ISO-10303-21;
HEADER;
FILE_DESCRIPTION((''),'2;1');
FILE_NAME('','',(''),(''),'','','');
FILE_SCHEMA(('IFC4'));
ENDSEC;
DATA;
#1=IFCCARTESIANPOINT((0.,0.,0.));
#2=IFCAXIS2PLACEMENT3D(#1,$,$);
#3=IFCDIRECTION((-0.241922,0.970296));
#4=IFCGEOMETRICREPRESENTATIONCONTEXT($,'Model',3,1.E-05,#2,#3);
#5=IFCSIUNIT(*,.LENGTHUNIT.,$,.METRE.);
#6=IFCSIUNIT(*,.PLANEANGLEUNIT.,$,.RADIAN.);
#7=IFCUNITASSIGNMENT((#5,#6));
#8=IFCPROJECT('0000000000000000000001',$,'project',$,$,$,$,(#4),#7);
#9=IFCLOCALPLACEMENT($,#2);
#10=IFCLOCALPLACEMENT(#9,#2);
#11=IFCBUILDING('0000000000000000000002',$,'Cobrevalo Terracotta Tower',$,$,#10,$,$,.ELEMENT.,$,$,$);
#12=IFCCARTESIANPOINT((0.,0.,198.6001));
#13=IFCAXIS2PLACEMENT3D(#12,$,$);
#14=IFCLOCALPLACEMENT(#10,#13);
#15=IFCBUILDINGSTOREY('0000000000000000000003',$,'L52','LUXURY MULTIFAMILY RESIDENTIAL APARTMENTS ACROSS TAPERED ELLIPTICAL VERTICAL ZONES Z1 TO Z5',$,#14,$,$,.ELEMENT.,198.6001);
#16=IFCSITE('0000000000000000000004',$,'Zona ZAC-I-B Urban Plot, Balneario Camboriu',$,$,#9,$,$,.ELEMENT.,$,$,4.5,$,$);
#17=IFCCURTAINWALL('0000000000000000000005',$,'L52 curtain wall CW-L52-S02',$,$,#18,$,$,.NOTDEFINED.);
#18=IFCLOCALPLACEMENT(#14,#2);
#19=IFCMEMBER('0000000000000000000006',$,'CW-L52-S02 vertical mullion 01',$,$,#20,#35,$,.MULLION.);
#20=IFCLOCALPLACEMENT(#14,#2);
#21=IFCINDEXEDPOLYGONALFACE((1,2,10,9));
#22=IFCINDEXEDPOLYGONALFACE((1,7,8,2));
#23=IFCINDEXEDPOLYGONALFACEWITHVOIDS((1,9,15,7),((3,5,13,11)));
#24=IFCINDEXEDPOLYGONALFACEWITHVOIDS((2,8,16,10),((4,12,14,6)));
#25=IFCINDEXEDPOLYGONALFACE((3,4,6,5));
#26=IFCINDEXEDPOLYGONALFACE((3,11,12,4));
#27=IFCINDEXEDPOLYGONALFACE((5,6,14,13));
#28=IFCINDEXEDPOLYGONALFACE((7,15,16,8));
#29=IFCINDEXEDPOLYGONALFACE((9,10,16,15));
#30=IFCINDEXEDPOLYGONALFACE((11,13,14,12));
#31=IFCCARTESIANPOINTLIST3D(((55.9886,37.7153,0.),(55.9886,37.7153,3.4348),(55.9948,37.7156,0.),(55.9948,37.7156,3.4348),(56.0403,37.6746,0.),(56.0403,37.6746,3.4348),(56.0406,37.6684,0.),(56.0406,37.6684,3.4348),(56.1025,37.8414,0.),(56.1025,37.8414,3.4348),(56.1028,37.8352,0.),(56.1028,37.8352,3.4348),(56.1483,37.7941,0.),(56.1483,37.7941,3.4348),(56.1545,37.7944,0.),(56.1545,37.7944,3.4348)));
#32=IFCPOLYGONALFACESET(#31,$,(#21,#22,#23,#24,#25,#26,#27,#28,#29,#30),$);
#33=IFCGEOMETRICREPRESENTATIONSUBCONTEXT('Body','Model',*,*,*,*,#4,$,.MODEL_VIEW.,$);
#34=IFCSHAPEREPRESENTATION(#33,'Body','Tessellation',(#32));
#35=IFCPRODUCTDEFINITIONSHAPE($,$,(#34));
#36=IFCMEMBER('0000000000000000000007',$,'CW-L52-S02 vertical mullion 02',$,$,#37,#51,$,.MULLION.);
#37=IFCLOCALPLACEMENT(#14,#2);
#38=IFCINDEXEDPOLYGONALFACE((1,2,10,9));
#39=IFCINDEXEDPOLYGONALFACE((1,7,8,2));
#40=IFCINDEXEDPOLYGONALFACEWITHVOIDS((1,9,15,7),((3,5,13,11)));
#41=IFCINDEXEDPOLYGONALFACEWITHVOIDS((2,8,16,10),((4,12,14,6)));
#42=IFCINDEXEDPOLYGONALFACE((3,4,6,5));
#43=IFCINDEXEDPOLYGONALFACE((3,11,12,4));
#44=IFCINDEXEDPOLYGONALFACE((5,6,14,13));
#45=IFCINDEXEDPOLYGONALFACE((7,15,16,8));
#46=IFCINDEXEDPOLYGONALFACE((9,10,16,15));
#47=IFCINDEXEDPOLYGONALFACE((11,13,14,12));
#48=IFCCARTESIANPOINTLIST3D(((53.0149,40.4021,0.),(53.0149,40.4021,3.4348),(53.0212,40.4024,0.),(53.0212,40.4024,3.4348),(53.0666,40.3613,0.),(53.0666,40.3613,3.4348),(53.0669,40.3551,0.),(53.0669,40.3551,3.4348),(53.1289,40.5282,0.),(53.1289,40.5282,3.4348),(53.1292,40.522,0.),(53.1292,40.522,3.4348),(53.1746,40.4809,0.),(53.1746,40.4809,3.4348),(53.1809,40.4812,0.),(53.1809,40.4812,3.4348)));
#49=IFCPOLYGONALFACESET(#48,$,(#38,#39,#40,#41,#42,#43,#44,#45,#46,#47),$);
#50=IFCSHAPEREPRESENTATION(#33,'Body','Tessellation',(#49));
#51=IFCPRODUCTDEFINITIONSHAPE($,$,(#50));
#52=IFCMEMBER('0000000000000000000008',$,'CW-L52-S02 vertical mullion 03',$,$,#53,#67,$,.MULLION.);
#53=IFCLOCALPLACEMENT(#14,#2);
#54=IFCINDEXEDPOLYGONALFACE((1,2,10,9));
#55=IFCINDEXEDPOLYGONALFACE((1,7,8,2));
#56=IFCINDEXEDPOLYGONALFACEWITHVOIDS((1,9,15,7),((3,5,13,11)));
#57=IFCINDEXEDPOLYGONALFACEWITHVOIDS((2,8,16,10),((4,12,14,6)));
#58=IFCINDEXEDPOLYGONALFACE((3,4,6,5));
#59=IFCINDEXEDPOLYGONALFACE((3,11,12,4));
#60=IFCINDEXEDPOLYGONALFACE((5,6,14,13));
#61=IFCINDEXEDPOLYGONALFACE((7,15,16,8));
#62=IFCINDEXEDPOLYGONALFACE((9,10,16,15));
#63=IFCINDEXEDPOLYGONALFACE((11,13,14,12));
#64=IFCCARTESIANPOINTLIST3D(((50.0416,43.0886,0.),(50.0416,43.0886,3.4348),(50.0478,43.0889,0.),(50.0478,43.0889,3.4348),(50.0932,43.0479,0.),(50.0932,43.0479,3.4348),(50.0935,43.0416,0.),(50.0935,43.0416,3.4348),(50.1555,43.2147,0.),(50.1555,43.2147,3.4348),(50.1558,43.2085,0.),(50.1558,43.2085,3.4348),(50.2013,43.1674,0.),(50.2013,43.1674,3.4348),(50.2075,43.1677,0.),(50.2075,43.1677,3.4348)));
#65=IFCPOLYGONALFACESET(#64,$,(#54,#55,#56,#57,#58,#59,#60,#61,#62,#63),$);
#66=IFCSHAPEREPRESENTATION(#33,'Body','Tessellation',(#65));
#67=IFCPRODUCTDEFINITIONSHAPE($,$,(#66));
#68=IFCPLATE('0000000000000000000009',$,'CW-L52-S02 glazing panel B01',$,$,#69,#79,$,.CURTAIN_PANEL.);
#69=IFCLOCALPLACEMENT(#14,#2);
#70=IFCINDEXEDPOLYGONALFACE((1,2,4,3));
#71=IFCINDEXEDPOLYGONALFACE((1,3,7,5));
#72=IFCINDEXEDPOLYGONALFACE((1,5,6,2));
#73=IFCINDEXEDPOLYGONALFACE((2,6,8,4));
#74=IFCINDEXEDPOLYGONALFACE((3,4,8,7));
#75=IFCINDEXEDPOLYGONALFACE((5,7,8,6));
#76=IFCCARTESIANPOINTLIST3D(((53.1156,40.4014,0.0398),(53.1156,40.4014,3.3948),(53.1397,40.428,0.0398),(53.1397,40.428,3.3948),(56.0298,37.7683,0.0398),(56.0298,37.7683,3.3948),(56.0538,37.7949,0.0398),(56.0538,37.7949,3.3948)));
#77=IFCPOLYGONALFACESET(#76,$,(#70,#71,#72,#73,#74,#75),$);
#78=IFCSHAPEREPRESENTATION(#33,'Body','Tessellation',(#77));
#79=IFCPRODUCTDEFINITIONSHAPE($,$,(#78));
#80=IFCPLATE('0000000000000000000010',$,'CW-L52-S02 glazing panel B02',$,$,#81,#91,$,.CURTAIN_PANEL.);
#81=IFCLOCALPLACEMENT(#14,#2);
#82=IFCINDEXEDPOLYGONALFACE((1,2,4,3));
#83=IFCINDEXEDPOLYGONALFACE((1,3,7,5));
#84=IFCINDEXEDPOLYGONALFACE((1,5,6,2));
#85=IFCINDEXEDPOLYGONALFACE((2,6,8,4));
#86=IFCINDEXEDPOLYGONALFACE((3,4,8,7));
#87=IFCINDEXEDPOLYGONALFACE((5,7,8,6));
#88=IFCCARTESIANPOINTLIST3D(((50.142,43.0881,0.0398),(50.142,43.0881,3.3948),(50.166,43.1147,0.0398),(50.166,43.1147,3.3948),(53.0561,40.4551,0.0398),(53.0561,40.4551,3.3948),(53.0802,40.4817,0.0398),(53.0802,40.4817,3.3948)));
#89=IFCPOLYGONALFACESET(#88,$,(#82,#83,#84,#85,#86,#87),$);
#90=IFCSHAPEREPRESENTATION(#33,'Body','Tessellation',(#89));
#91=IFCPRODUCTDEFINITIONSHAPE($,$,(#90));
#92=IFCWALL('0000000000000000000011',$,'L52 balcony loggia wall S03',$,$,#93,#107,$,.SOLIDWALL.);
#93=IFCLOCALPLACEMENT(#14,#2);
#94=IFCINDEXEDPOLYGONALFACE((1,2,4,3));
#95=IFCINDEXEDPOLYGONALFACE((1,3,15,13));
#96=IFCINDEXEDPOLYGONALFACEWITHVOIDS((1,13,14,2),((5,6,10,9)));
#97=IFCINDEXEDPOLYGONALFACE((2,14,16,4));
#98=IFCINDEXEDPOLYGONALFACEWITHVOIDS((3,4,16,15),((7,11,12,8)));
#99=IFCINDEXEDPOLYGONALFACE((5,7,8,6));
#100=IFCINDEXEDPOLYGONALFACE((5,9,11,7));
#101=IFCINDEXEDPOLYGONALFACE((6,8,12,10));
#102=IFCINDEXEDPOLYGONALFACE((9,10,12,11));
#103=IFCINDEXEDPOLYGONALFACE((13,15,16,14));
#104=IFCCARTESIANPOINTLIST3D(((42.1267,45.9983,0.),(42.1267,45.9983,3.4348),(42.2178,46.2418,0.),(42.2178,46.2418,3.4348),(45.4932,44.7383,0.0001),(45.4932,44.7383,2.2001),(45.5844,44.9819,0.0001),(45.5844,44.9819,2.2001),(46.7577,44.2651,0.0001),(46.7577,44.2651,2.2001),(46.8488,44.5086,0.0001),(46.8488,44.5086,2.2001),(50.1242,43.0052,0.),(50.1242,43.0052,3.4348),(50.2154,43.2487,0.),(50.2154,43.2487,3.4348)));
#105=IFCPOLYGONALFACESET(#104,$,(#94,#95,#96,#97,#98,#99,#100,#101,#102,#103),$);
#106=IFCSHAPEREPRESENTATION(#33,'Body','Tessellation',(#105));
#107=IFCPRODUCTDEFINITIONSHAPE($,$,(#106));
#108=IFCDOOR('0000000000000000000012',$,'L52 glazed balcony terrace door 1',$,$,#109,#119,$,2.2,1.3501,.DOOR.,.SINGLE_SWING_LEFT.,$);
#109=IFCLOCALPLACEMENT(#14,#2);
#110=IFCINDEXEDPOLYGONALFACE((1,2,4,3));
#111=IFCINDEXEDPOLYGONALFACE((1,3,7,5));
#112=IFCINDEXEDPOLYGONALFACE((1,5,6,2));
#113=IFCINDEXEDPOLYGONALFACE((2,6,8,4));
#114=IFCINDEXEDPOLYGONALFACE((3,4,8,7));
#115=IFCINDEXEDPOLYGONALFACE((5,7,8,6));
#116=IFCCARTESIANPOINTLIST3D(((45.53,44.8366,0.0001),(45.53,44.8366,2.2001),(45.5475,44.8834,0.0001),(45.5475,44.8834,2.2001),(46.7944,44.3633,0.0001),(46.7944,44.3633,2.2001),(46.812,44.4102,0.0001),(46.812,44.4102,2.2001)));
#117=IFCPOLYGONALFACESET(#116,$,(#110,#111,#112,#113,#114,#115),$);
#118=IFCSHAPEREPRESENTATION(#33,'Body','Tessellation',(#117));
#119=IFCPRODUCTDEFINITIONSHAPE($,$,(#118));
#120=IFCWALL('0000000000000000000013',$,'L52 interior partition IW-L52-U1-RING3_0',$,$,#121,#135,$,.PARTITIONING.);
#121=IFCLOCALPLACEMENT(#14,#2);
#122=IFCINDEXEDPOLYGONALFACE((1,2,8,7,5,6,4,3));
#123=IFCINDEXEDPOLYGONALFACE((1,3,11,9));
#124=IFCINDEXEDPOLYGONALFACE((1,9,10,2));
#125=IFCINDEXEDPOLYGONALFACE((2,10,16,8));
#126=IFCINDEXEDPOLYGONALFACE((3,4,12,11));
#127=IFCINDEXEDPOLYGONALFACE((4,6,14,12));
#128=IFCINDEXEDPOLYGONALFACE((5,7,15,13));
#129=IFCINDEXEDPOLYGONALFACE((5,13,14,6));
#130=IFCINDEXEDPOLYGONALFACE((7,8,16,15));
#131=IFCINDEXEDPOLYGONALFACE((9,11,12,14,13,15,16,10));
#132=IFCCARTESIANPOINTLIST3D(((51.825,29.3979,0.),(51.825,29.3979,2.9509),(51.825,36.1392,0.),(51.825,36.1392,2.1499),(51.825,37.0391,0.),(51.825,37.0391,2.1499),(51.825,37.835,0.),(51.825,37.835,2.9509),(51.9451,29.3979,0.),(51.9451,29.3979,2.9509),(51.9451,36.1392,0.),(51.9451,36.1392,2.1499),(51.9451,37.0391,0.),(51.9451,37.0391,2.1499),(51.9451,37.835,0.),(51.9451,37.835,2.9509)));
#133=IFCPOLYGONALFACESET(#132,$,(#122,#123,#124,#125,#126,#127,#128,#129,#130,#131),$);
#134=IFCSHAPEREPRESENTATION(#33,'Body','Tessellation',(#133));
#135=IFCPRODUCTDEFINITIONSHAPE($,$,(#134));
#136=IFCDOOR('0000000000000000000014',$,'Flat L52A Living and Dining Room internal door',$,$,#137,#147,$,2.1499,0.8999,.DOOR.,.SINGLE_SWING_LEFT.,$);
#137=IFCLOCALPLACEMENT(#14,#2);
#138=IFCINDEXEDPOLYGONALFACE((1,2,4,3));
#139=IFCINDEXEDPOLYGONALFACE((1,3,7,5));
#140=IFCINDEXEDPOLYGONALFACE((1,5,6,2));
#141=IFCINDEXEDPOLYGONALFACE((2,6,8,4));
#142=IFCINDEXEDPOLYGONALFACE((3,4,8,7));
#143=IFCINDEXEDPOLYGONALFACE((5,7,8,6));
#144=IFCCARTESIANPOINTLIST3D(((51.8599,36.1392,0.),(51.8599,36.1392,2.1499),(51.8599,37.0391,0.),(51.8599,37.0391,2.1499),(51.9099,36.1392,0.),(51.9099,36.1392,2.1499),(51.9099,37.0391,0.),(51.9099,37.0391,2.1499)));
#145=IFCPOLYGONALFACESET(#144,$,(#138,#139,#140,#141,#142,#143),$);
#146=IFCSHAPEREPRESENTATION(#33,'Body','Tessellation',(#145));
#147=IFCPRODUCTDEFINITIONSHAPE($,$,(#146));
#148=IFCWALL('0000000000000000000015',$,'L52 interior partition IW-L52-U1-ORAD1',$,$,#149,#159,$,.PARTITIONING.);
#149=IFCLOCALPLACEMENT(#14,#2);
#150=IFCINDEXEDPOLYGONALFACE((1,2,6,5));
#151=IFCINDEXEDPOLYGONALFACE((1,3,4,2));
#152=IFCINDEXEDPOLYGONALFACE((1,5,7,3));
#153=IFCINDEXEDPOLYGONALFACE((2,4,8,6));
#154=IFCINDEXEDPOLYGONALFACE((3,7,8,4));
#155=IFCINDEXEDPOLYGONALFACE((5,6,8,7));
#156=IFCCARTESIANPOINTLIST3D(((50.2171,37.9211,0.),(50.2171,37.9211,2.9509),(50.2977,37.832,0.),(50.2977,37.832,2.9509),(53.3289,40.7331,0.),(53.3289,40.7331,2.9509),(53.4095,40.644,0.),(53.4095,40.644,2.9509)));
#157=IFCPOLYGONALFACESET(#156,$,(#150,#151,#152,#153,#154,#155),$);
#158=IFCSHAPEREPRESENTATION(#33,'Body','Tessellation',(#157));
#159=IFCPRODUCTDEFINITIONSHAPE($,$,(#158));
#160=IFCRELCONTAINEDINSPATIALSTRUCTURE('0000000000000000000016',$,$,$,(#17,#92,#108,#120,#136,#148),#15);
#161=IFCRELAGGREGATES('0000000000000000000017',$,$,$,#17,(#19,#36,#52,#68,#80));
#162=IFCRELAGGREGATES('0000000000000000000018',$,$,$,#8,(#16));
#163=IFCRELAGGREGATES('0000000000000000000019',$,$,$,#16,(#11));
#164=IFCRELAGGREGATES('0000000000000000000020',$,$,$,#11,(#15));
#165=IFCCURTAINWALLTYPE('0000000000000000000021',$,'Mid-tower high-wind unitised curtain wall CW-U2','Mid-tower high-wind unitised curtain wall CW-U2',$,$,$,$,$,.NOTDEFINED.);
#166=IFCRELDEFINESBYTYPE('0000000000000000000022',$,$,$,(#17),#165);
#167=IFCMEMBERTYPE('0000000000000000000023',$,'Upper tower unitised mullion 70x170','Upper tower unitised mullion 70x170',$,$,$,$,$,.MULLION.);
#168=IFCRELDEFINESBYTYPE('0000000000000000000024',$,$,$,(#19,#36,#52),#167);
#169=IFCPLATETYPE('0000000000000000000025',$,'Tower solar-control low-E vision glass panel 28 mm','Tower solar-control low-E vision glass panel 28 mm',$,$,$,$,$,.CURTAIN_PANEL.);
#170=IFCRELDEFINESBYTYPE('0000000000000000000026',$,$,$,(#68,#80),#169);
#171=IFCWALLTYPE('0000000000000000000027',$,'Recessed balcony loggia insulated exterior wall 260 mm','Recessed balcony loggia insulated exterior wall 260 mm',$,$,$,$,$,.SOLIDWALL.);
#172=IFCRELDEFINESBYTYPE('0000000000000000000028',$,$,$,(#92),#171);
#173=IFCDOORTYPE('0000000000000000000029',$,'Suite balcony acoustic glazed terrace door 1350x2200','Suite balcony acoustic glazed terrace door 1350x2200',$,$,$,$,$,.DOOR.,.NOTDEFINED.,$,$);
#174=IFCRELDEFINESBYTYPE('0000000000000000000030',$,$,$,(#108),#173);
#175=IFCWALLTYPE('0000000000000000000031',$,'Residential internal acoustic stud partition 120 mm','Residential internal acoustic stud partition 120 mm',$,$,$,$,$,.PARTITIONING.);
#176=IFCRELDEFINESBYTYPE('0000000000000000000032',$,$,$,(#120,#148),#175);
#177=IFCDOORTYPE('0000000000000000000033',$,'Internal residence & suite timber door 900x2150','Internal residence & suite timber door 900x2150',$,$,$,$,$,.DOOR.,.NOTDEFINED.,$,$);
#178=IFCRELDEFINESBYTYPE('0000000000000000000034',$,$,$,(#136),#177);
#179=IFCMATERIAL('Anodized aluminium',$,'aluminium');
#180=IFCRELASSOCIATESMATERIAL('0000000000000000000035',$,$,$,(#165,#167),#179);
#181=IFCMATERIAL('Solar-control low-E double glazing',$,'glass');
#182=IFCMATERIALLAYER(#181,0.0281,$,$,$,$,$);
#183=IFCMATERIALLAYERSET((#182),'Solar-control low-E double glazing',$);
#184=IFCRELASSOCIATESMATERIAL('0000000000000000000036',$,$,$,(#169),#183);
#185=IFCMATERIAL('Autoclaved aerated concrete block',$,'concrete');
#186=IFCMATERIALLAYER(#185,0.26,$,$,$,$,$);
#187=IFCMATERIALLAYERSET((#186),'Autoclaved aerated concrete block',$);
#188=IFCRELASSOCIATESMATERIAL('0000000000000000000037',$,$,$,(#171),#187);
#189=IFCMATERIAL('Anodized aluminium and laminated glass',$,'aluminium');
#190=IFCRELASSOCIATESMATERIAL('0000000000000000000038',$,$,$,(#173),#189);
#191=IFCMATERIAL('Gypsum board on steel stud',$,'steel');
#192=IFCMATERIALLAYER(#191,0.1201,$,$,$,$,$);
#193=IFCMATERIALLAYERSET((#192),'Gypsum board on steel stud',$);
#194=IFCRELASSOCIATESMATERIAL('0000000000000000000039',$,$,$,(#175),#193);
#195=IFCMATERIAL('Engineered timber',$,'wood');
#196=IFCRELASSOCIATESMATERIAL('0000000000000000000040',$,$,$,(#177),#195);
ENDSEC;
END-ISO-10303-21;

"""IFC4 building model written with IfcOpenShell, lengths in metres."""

from ifc_helpers import new_model, si_unit, direction, frame, frame_2d, origin, origin_2d, place, context, subcontext, project, spatial, rectangle, hollow_rectangle, extrude, source, transform, mapped, material, layer, layer_set, material_profile, profile_set, type_object, element, fill, aggregate, save


model = new_model("IFC4")

# Units and contexts
model_context = context("Model", 3, precision=1e-05, world=origin(), true_north=direction((-0.241922, 0.970296)))
body_context = subcontext(model_context, "Body", "Model", "MODEL_VIEW")
ifc_project = project(units=[si_unit("LENGTHUNIT", "METRE"), si_unit("PLANEANGLEUNIT", "RADIAN")], contexts=[model_context])

# Site, building, storey
site_placement = place(None, origin())
site = spatial("IfcSite", under=ifc_project, at=site_placement, Name="Zona ZAC-I-B Urban Plot, Balneario Camboriu", CompositionType="ELEMENT", RefElevation=4.5)
building_placement = place(site_placement, origin())
building = spatial("IfcBuilding", under=site, at=building_placement, Name="Cobrevalo Terracotta Tower", CompositionType="ELEMENT")
storey_placement = place(building_placement, frame((0.0, 0.0, 198.6001)))
storey = spatial("IfcBuildingStorey", under=building, at=storey_placement, Name="L52", Description="LUXURY MULTIFAMILY RESIDENTIAL APARTMENTS ACROSS TAPERED ELLIPTICAL VERTICAL ZONES Z1 TO Z5", CompositionType="ELEMENT", Elevation=198.6001)

# Curtain wall, members, plates
ifc_material_1 = material(Name="Anodized aluminium", Category="aluminium")
curtain_wall_type = type_object("IfcCurtainWallType", Name="Mid-tower high-wind unitised curtain wall CW-U2", Description="Mid-tower high-wind unitised curtain wall CW-U2", PredefinedType="NOTDEFINED", material=ifc_material_1)
curtain_wall_placement = place(storey_placement, origin())
curtain_wall = element("IfcCurtainWall", 1, at=curtain_wall_placement, inside=storey, type_object=curtain_wall_type, Name="L52 curtain wall CW-L52-S02", PredefinedType="NOTDEFINED")
ifc_material_profile_1 = material_profile(ifc_material_1, hollow_rectangle(XDim=0.0701, YDim=0.1699, WallThickness=0.0044, at=origin_2d()), Name="CWM 70x170")
ifc_profile_set_1 = profile_set([ifc_material_profile_1], Name="Anodized aluminium")
member_type_1 = type_object("IfcMemberType", Name="Upper tower unitised mullion 70x170", Description="Upper tower unitised mullion 70x170", PredefinedType="MULLION", material=ifc_profile_set_1)
shared_shape_1 = source(origin(), body_context, "Body", "SweptSolid", [
    extrude(hollow_rectangle(XDim=0.0701, YDim=0.1699, WallThickness=0.0044, at=origin_2d()), origin(), (0.0, 0.0, 1.0), 3.4348),
])
member_1_placement = place(storey_placement, frame((56.0715, 37.7549, 0.0), z_axis=(0.0, 0.0, 1.0), x_axis=(-0.741988, 0.670414, 0.0)))
member_1 = element("IfcMember", 2, at=member_1_placement, type_object=member_type_1, Name="CW-L52-S02 vertical mullion 01", PredefinedType="MULLION", context=body_context, shape_type="MappedRepresentation", body=[
    mapped(shared_shape_1, transform((0.0, 0.0, 0.0), scale=1.0)),
])
member_2_placement = place(storey_placement, frame((53.0979, 40.4417, 0.0), z_axis=(0.0, 0.0, 1.0), x_axis=(-0.741988, 0.670414, 0.0)))
member_2 = element("IfcMember", 3, at=member_2_placement, type_object=member_type_1, Name="CW-L52-S02 vertical mullion 02", PredefinedType="MULLION", context=body_context, shape_type="MappedRepresentation", body=[
    mapped(shared_shape_1, transform((0.0, 0.0, 0.0), scale=1.0)),
])
member_3_placement = place(storey_placement, frame((50.1245, 43.1282, 0.0), z_axis=(0.0, 0.0, 1.0), x_axis=(-0.741988, 0.670414, 0.0)))
member_3 = element("IfcMember", 4, at=member_3_placement, type_object=member_type_1, Name="CW-L52-S02 vertical mullion 03", PredefinedType="MULLION", context=body_context, shape_type="MappedRepresentation", body=[
    mapped(shared_shape_1, transform((0.0, 0.0, 0.0), scale=1.0)),
])
ifc_material_2 = material(Name="Solar-control low-E double glazing", Category="glass")
ifc_layer_1 = layer(ifc_material_2, 0.0281)
ifc_layer_set_1 = layer_set([ifc_layer_1], Name="Solar-control low-E double glazing")
plate_type = type_object("IfcPlateType", Name="Tower solar-control low-E vision glass panel 28 mm", Description="Tower solar-control low-E vision glass panel 28 mm", PredefinedType="CURTAIN_PANEL", material=ifc_layer_set_1)
shared_shape_2 = source(origin(), body_context, "Body", "SweptSolid", [
    extrude(rectangle(XDim=3.9275, YDim=0.0359, at=origin_2d()), origin(), (0.0, 0.0, 1.0), 3.355),
])
plate_1_placement = place(storey_placement, frame((54.5847, 39.0981, 0.0398), z_axis=(0.0, 0.0, 1.0), x_axis=(-0.741988, 0.670414, 0.0)))
plate_1 = element("IfcPlate", 5, at=plate_1_placement, type_object=plate_type, Name="CW-L52-S02 glazing panel B01", PredefinedType="CURTAIN_PANEL", context=body_context, shape_type="MappedRepresentation", body=[
    mapped(shared_shape_2, transform((0.0, 0.0, 0.0), scale=1.0)),
])
plate_2_placement = place(storey_placement, frame((51.6111, 41.7849, 0.0398), z_axis=(0.0, 0.0, 1.0), x_axis=(-0.741988, 0.670414, 0.0)))
plate_2 = element("IfcPlate", 6, at=plate_2_placement, type_object=plate_type, Name="CW-L52-S02 glazing panel B02", PredefinedType="CURTAIN_PANEL", context=body_context, shape_type="MappedRepresentation", body=[
    mapped(shared_shape_2, transform((0.0, 0.0, 0.0), scale=1.0)),
])
aggregate(curtain_wall, [member_1, member_2, member_3, plate_1, plate_2])

# Walls, openings, doors
ifc_material_3 = material(Name="Autoclaved aerated concrete block", Category="concrete")
ifc_layer_2 = layer(ifc_material_3, 0.26)
ifc_layer_set_2 = layer_set([ifc_layer_2], Name="Autoclaved aerated concrete block")
wall_type_1 = type_object("IfcWallType", Name="Recessed balcony loggia insulated exterior wall 260 mm", Description="Recessed balcony loggia insulated exterior wall 260 mm", PredefinedType="SOLIDWALL", material=ifc_layer_set_2)
wall_1_placement = place(storey_placement, frame((50.1697, 43.127, 0.0), z_axis=(0.0, 0.0, 1.0), x_axis=(-0.936557, 0.350516, 0.0)))
wall_1 = element("IfcWall", 7, at=wall_1_placement, inside=storey, type_object=wall_type_1, Name="L52 balcony loggia wall S03", PredefinedType="SOLIDWALL", context=body_context, shape_type="SweptSolid", body=[
    extrude(rectangle(XDim=8.5393, YDim=0.26, at=frame_2d((4.2695, 0.0))), origin(), (0.0, 0.0, 1.0), 3.4348),
])
opening_1_placement = place(wall_1_placement, frame((3.5945, 0.0, 0.0)))
opening_1 = element("IfcOpeningElement", 8, at=opening_1_placement, cuts=wall_1, PredefinedType="OPENING", context=body_context, shape_type="SweptSolid", body=[
    extrude(rectangle(XDim=1.3501, YDim=2.2, at=frame_2d((0.675, 1.1001))), frame((0.0, 0.1401, 0.0), z_axis=(0.0, -1.0, 0.0), x_axis=(1.0, 0.0, 0.0)), (0.0, 0.0, 1.0), 0.28),
])
ifc_material_4 = material(Name="Anodized aluminium and laminated glass", Category="aluminium")
door_type_1 = type_object("IfcDoorType", Name="Suite balcony acoustic glazed terrace door 1350x2200", Description="Suite balcony acoustic glazed terrace door 1350x2200", OperationType="NOTDEFINED", PredefinedType="DOOR", material=ifc_material_4)
shared_shape_3 = source(origin(), body_context, "Body", "SweptSolid", [
    extrude(rectangle(XDim=1.3501, YDim=2.2, at=frame_2d((0.675, 1.1001))), frame((0.0, 0.0249, 0.0), z_axis=(0.0, -1.0, 0.0), x_axis=(1.0, 0.0, 0.0)), (0.0, 0.0, 1.0), 0.05),
])
door_1_placement = place(opening_1_placement, frame((1.3501, 0.0, 0.0), z_axis=(0.0, 0.0, 1.0), x_axis=(-1.0, 0.0, 0.0)))
door_1 = element("IfcDoor", 9, at=door_1_placement, inside=storey, type_object=door_type_1, Name="L52 glazed balcony terrace door 1", OperationType="SINGLE_SWING_LEFT", OverallHeight=2.2, OverallWidth=1.3501, PredefinedType="DOOR", context=body_context, shape_type="MappedRepresentation", body=[
    mapped(shared_shape_3, transform((0.0, 0.0, 0.0), scale=1.0)),
])
fill(opening_1, door_1)
ifc_material_5 = material(Name="Gypsum board on steel stud", Category="steel")
ifc_layer_3 = layer(ifc_material_5, 0.1201)
ifc_layer_set_3 = layer_set([ifc_layer_3], Name="Gypsum board on steel stud")
wall_type_2 = type_object("IfcWallType", Name="Residential internal acoustic stud partition 120 mm", Description="Residential internal acoustic stud partition 120 mm", PredefinedType="PARTITIONING", material=ifc_layer_set_3)
wall_2_placement = place(storey_placement, frame((51.885, 37.835, 0.0), z_axis=(0.0, 0.0, 1.0), x_axis=(0.0, -1.0, 0.0)))
wall_2 = element("IfcWall", 10, at=wall_2_placement, inside=storey, type_object=wall_type_2, Name="L52 interior partition IW-L52-U1-RING3_0", PredefinedType="PARTITIONING", context=body_context, shape_type="SweptSolid", body=[
    extrude(rectangle(XDim=8.437, YDim=0.1201, at=frame_2d((4.2185, 0.0))), origin(), (0.0, 0.0, 1.0), 2.9509),
])
opening_2_placement = place(wall_2_placement, frame((0.7959, 0.0, 0.0)))
opening_2 = element("IfcOpeningElement", 11, at=opening_2_placement, cuts=wall_2, PredefinedType="OPENING", context=body_context, shape_type="SweptSolid", body=[
    extrude(rectangle(XDim=0.8999, YDim=2.1499, at=frame_2d((0.45, 1.075))), frame((0.0, 0.0701, 0.0), z_axis=(0.0, -1.0, 0.0), x_axis=(1.0, 0.0, 0.0)), (0.0, 0.0, 1.0), 0.1401),
])
ifc_material_6 = material(Name="Engineered timber", Category="wood")
door_type_2 = type_object("IfcDoorType", Name="Internal residence & suite timber door 900x2150", Description="Internal residence & suite timber door 900x2150", OperationType="NOTDEFINED", PredefinedType="DOOR", material=ifc_material_6)
shared_shape_4 = source(origin(), body_context, "Body", "SweptSolid", [
    extrude(rectangle(XDim=0.8999, YDim=2.1499, at=frame_2d((0.45, 1.075))), frame((0.0, 0.0249, 0.0), z_axis=(0.0, -1.0, 0.0), x_axis=(1.0, 0.0, 0.0)), (0.0, 0.0, 1.0), 0.05),
])
door_2_placement = place(opening_2_placement, origin())
door_2 = element("IfcDoor", 12, at=door_2_placement, inside=storey, type_object=door_type_2, Name="Flat L52A Living and Dining Room internal door", OperationType="SINGLE_SWING_LEFT", OverallHeight=2.1499, OverallWidth=0.8999, PredefinedType="DOOR", context=body_context, shape_type="MappedRepresentation", body=[
    mapped(shared_shape_4, transform((0.0, 0.0, 0.0), scale=1.0)),
])
fill(opening_2, door_2)

# Wall
wall_3_placement = place(storey_placement, frame((50.2573, 37.8765, 0.0), z_axis=(0.0, 0.0, 1.0), x_axis=(0.741944, 0.670462, 0.0)))
element("IfcWall", 13, at=wall_3_placement, inside=storey, type_object=wall_type_2, Name="L52 interior partition IW-L52-U1-ORAD1", PredefinedType="PARTITIONING", context=body_context, shape_type="SweptSolid", body=[
    extrude(rectangle(XDim=4.1941, YDim=0.1201, at=frame_2d((2.0972, 0.0))), origin(), (0.0, 0.0, 1.0), 2.9509),
])

save(model, "model.ifc")
